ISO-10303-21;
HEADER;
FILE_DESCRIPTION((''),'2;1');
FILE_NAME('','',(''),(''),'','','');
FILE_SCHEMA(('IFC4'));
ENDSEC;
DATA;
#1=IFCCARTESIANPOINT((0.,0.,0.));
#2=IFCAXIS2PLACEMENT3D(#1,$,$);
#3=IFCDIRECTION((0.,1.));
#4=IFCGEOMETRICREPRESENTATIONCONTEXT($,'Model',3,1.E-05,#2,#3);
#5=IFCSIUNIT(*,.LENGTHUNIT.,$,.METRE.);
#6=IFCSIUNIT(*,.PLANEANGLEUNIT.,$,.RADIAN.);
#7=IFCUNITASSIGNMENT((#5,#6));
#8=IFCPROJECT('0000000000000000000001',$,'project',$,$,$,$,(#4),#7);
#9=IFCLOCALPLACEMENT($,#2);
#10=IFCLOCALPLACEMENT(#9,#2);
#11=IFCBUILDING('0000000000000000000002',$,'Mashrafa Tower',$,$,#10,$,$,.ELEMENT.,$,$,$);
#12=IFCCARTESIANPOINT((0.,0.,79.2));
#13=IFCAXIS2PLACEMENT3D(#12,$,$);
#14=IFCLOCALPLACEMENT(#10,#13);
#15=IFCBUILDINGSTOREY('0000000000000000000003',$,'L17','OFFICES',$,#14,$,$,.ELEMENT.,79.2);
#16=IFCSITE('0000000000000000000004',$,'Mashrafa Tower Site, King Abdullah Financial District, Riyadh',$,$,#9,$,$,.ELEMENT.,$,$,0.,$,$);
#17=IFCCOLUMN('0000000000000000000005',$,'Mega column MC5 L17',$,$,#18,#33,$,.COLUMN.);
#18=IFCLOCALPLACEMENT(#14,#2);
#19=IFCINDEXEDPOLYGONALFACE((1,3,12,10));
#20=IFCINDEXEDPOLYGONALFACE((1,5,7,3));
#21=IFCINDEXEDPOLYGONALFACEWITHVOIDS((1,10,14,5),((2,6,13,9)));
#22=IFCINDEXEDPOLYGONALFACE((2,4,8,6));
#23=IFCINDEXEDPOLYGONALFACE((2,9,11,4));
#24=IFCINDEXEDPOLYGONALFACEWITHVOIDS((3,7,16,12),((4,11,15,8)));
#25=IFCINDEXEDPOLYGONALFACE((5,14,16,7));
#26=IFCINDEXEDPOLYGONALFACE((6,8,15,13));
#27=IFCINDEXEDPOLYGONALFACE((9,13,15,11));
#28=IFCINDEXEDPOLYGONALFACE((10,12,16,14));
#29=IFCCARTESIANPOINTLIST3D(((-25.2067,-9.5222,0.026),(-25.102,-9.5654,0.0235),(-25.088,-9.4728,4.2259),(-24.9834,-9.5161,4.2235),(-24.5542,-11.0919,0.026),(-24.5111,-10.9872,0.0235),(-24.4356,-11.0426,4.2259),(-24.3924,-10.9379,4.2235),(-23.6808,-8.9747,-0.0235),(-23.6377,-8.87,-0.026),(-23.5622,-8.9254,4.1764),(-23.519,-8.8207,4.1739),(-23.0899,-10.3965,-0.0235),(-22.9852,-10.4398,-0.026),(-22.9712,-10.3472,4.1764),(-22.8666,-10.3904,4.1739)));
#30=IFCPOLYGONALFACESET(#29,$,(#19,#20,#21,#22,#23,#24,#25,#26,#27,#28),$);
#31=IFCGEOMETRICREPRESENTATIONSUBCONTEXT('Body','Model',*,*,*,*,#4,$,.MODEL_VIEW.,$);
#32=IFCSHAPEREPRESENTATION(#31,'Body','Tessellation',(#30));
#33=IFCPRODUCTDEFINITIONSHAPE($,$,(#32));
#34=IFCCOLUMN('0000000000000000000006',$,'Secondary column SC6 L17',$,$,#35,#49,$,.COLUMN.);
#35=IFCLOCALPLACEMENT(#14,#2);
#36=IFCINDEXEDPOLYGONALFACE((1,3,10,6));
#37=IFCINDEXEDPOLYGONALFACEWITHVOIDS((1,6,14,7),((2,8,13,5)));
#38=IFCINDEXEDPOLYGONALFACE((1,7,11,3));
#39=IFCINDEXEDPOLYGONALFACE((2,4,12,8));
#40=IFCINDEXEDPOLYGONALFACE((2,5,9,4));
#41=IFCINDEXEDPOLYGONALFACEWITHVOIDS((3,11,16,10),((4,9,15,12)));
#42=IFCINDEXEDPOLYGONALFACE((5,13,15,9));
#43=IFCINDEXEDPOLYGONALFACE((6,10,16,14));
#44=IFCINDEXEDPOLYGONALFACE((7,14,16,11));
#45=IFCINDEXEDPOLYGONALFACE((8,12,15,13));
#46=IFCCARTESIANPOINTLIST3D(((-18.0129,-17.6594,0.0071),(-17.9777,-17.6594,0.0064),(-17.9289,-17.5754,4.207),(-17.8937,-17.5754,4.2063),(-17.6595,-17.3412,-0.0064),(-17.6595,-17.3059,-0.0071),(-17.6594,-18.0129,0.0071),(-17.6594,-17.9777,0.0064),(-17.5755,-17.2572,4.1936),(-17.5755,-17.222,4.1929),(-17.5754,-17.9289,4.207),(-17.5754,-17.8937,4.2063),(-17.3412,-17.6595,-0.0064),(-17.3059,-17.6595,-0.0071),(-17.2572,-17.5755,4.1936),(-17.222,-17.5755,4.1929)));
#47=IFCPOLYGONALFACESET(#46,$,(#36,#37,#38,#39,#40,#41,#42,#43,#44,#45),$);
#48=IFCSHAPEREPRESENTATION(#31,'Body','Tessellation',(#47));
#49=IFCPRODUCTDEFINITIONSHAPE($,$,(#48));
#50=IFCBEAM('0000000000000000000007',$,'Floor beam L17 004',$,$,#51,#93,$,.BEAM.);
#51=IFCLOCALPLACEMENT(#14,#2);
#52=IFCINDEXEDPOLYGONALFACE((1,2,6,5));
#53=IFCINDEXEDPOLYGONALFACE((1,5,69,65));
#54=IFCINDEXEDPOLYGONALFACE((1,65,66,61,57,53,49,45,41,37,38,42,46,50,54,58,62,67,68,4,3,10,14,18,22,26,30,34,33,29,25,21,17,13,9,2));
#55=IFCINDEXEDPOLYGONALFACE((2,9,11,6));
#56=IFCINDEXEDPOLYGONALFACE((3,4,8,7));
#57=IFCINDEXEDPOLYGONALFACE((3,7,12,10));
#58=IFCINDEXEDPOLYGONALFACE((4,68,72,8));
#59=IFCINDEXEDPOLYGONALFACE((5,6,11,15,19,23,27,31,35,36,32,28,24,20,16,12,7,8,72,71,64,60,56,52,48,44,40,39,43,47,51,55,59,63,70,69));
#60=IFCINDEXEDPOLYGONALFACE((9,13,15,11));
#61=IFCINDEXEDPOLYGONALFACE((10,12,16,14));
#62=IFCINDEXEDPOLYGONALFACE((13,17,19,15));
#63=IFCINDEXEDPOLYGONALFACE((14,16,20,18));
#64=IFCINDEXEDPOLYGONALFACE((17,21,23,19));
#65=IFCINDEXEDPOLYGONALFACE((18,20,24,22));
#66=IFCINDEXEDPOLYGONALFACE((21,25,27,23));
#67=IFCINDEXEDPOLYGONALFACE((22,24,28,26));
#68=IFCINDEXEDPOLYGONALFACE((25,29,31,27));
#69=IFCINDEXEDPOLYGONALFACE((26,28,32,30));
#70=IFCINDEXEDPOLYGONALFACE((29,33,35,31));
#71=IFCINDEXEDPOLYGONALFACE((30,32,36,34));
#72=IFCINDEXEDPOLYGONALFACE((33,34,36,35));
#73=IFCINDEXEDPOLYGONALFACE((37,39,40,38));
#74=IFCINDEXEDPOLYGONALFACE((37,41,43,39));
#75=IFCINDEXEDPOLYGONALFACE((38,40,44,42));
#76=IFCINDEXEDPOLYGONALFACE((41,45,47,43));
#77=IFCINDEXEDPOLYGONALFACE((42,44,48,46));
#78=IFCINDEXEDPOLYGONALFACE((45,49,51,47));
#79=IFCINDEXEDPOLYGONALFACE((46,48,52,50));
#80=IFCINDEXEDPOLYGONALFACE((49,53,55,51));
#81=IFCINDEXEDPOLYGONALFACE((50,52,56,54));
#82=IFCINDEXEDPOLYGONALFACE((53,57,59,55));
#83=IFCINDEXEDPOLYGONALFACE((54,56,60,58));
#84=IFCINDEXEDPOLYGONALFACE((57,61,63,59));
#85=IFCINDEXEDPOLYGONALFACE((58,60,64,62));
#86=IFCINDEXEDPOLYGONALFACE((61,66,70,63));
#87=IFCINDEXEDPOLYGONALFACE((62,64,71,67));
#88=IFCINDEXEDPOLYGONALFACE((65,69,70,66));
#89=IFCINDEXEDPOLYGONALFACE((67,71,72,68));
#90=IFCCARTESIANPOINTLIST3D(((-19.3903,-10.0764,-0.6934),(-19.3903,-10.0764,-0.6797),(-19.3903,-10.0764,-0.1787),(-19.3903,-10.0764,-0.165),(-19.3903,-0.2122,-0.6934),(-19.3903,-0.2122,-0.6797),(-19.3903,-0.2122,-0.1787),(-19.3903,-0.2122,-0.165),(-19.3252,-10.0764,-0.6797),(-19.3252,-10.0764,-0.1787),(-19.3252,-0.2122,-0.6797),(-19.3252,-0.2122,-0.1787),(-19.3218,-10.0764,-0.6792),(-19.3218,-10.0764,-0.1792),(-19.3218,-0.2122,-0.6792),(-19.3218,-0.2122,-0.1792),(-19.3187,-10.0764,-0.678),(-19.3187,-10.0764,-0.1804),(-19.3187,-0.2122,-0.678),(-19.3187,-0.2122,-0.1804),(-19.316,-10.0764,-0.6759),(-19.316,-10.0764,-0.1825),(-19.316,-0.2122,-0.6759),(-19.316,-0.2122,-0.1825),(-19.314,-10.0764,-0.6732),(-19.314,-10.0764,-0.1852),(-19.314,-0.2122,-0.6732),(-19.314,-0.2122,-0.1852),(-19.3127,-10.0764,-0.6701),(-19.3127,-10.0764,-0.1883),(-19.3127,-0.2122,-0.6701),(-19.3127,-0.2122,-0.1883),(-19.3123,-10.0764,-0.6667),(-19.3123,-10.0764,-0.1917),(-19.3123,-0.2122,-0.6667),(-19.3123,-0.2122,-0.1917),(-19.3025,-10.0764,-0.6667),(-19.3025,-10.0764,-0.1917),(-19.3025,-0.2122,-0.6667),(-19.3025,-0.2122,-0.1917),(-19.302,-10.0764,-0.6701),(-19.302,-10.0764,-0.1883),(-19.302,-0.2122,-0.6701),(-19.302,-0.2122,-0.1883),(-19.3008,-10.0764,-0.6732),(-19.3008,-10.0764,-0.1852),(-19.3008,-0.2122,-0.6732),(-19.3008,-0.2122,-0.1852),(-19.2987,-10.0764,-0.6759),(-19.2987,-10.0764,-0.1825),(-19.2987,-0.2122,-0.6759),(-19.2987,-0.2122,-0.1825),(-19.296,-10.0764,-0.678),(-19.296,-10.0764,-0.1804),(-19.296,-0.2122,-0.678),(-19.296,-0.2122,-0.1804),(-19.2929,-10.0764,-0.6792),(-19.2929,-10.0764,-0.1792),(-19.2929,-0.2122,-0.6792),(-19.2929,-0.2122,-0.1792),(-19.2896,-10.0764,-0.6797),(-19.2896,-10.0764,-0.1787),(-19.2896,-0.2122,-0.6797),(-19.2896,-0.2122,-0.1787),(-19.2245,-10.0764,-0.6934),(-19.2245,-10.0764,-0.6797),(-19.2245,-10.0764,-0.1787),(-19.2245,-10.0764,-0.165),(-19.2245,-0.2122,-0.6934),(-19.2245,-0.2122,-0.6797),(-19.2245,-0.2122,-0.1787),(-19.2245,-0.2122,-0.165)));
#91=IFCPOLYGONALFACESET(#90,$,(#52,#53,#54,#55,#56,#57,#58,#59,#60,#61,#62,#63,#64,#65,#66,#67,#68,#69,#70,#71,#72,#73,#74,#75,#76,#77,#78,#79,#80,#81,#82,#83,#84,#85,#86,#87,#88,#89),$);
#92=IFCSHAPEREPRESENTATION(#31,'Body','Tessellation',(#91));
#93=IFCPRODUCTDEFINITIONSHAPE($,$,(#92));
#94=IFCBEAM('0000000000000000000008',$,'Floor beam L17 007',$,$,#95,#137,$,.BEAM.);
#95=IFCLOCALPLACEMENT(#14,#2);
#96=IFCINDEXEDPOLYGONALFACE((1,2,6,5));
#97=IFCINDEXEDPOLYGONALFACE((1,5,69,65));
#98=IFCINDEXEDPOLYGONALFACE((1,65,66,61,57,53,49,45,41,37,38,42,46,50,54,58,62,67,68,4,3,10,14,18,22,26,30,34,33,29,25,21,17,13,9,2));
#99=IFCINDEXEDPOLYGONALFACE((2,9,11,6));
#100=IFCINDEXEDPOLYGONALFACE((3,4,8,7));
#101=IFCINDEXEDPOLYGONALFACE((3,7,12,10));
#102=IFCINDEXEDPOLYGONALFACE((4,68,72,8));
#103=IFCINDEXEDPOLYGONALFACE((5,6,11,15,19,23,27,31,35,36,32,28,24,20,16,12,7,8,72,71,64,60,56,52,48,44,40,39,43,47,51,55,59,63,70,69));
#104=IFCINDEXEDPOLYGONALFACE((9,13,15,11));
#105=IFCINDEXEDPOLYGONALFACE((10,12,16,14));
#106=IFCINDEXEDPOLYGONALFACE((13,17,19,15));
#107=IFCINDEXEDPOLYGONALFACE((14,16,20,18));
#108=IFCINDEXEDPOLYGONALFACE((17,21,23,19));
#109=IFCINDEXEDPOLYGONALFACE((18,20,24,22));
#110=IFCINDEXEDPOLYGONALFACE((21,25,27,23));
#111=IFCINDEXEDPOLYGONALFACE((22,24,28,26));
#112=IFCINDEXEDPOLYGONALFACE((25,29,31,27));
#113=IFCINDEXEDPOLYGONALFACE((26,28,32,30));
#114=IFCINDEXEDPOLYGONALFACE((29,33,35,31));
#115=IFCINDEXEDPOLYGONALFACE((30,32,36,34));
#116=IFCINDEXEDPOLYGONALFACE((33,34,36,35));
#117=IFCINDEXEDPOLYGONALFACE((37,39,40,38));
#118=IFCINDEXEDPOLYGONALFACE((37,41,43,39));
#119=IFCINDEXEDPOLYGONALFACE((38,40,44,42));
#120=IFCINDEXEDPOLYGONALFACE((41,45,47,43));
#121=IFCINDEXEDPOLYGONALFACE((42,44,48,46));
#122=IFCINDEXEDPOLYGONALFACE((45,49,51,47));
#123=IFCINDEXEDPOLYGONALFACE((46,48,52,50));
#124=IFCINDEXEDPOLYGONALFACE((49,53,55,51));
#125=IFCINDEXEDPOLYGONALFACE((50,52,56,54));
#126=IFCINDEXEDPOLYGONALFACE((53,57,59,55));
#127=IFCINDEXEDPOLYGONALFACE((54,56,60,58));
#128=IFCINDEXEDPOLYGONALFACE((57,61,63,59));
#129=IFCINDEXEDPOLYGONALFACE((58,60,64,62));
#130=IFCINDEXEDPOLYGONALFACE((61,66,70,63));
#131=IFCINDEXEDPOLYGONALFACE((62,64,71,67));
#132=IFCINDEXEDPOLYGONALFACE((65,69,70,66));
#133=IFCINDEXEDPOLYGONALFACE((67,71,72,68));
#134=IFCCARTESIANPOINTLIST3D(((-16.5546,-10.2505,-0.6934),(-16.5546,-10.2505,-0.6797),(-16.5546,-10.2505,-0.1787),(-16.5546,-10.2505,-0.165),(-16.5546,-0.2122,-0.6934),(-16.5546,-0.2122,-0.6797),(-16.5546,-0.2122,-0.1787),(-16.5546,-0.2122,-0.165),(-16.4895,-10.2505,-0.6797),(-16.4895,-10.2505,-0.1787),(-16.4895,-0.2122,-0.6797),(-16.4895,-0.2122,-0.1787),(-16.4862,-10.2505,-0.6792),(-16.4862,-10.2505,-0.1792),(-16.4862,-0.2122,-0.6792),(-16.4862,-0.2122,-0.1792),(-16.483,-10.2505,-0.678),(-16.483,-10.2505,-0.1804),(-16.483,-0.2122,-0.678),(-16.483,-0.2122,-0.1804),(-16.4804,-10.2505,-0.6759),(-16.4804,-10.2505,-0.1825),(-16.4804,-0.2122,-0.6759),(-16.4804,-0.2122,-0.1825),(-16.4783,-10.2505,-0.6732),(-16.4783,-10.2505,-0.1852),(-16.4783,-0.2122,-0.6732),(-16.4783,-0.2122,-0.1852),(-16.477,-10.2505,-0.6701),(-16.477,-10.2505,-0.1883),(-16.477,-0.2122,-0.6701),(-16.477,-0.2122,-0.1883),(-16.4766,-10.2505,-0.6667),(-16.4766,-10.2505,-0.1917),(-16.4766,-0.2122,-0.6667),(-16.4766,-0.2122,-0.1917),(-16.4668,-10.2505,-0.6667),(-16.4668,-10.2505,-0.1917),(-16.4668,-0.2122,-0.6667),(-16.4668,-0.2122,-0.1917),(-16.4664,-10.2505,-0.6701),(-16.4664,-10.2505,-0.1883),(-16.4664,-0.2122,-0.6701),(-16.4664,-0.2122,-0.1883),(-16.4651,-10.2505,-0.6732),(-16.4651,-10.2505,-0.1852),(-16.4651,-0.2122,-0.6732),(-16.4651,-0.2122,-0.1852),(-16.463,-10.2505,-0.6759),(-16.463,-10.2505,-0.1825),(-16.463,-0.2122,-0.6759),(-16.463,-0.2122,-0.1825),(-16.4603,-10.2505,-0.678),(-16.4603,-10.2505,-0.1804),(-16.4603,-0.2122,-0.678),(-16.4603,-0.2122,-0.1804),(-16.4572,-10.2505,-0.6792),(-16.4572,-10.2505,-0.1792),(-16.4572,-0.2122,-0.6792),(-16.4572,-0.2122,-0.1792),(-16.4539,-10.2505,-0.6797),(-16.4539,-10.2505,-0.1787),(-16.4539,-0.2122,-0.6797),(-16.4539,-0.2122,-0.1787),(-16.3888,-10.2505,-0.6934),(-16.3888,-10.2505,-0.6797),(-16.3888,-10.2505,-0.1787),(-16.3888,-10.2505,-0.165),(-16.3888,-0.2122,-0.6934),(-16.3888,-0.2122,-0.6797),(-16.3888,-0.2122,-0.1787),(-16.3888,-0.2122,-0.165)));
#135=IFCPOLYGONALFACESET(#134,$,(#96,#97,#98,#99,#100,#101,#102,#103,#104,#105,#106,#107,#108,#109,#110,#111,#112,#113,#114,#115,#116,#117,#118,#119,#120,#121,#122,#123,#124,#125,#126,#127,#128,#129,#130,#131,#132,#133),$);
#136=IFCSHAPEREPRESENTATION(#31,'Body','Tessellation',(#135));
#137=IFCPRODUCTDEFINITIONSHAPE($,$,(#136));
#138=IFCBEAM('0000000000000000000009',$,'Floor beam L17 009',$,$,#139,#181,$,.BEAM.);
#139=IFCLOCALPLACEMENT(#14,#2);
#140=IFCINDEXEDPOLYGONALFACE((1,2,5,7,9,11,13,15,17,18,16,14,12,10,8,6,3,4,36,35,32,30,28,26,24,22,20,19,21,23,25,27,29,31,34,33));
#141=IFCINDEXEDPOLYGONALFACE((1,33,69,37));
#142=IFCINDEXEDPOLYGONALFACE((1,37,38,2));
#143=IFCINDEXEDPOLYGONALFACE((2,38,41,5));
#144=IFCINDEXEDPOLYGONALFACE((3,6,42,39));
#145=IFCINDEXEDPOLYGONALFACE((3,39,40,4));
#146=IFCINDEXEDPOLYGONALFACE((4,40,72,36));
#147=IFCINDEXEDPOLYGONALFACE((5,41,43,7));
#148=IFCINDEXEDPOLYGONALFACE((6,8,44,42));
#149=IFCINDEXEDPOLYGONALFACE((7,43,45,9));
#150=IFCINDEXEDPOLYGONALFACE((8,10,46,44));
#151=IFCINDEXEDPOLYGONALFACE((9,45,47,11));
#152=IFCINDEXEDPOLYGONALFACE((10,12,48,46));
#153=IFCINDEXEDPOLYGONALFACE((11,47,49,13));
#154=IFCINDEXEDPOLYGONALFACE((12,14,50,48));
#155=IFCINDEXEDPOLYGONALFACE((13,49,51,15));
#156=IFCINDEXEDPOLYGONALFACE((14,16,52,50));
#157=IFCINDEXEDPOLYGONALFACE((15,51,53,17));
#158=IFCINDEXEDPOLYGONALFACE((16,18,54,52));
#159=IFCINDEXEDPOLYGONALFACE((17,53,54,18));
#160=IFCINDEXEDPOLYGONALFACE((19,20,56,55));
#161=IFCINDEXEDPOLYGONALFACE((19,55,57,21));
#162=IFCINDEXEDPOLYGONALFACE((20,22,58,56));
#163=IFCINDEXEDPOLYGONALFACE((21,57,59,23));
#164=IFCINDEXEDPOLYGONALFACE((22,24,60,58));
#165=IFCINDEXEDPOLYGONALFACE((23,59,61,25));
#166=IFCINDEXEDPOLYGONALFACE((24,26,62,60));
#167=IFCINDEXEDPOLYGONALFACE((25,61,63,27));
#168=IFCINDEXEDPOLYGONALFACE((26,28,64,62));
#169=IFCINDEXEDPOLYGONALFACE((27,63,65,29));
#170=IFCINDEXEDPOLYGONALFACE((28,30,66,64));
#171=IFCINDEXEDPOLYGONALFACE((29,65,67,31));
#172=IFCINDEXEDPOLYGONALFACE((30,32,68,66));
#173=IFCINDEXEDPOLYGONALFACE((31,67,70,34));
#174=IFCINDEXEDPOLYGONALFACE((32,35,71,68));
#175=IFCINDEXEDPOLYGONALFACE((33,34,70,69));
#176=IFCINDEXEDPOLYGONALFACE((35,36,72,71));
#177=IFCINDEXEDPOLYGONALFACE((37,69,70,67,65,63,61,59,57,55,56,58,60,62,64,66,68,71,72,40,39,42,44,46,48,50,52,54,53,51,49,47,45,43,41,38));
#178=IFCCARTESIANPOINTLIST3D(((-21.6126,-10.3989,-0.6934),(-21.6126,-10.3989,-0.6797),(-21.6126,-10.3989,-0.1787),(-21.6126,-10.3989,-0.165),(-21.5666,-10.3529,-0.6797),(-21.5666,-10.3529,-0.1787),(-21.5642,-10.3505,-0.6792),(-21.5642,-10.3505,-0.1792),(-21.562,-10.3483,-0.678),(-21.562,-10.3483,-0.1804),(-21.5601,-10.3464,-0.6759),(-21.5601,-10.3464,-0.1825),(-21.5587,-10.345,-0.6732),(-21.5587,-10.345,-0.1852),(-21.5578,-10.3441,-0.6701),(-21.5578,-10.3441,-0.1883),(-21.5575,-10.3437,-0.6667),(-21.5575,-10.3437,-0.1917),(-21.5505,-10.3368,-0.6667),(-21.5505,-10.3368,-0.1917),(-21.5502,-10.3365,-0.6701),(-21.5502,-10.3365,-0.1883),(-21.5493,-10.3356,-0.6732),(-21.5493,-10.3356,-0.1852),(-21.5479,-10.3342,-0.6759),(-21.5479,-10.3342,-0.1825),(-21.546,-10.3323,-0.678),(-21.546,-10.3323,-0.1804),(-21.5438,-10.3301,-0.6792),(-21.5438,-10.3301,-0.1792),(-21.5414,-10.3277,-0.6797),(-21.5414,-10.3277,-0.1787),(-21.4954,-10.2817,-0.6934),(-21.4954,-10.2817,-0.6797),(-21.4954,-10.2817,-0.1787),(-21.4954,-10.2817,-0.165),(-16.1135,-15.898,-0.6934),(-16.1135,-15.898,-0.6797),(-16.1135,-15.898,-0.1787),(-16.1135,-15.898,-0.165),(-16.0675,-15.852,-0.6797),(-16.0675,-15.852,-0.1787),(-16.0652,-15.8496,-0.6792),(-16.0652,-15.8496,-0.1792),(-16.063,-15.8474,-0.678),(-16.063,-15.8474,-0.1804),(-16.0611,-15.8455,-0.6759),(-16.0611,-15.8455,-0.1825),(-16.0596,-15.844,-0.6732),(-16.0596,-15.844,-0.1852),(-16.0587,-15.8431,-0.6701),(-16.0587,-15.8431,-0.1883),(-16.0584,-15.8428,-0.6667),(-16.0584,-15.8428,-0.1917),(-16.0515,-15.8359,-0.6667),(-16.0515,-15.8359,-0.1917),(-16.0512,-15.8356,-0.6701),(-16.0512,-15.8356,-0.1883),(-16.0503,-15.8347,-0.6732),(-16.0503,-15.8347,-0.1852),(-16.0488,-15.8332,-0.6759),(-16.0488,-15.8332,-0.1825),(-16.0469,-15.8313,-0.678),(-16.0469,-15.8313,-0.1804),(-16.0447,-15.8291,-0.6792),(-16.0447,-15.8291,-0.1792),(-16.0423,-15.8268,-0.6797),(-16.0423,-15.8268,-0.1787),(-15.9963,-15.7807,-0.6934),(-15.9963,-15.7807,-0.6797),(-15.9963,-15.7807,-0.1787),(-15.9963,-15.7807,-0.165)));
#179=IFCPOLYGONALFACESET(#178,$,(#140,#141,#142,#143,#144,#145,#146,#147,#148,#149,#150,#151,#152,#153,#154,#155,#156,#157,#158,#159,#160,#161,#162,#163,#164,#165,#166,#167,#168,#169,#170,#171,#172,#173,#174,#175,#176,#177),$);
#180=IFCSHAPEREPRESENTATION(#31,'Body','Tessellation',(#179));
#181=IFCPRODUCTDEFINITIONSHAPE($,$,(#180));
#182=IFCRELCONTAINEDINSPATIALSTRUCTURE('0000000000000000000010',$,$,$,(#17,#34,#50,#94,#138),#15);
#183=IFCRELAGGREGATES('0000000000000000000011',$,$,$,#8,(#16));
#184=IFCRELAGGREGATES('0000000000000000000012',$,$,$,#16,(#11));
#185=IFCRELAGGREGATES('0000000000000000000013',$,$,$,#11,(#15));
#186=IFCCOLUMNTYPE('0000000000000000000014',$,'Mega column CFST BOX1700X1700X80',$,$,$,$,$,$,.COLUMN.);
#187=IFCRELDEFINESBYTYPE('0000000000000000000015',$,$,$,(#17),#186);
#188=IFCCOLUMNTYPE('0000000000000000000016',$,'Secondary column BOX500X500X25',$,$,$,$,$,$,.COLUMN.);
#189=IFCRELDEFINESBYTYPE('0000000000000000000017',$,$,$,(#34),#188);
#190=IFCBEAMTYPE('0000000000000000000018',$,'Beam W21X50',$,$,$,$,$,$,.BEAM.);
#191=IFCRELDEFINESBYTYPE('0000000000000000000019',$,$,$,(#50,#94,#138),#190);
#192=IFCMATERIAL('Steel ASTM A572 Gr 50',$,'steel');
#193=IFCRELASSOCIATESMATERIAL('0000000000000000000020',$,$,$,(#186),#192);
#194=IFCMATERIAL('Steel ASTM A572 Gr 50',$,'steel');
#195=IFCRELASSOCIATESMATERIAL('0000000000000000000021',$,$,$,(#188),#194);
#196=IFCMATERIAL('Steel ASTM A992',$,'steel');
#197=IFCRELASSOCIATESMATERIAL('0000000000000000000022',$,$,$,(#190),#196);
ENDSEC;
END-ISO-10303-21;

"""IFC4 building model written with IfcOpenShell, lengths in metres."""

from ifc_helpers import new_model, si_unit, direction, frame, origin, origin_2d, place, context, subcontext, project, spatial, hollow_rectangle, i_section, extrude, material, material_profile, profile_set, type_object, element, save


model = new_model("IFC4")

# Units and contexts
model_context = context("Model", 3, precision=1e-05, world=origin(), true_north=direction((0.0, 1.0)))
body_context = subcontext(model_context, "Body", "Model", "MODEL_VIEW")
ifc_project = project(units=[si_unit("LENGTHUNIT", "METRE"), si_unit("PLANEANGLEUNIT", "RADIAN")], contexts=[model_context])

# Site, building, storey
site_placement = place(None, origin())
site = spatial("IfcSite", under=ifc_project, at=site_placement, Name="Mashrafa Tower Site, King Abdullah Financial District, Riyadh", CompositionType="ELEMENT", RefElevation=0.0)
building_placement = place(site_placement, origin())
building = spatial("IfcBuilding", under=site, at=building_placement, Name="Mashrafa Tower", CompositionType="ELEMENT")
storey_placement = place(building_placement, frame((0.0, 0.0, 79.2)))
storey = spatial("IfcBuildingStorey", under=building, at=storey_placement, Name="L17", Description="OFFICES", CompositionType="ELEMENT", Elevation=79.2)

# Columns
ifc_material_1 = material(Name="Steel ASTM A572 Gr 50", Category="steel")
ifc_material_profile_1 = material_profile(ifc_material_1, hollow_rectangle(XDim=1.7, YDim=1.7, WallThickness=0.0801, at=origin_2d()), Name="BOX1700X1700X80")
ifc_profile_set_1 = profile_set([ifc_material_profile_1], Name="Steel ASTM A572 Gr 50")
column_type_1 = type_object("IfcColumnType", Name="Mega column CFST BOX1700X1700X80", PredefinedType="COLUMN", material=ifc_profile_set_1)
column_1_placement = place(storey_placement, frame((-24.0959, -9.981, 0.0), z_axis=(0.028238, 0.011737, 0.999532), x_axis=(-0.383806, 0.923414, 0.0)))
element("IfcColumn", 1, at=column_1_placement, inside=storey, type_object=column_type_1, Name="Mega column MC5 L17", PredefinedType="COLUMN", context=body_context, shape_type="SweptSolid", body=[
    extrude(hollow_rectangle(XDim=1.7, YDim=1.7, WallThickness=0.0801, at=origin_2d()), origin(), (0.0, 0.0, 1.0), 4.2019),
])
ifc_material_2 = material(Name="Steel ASTM A572 Gr 50", Category="steel")
ifc_material_profile_2 = material_profile(ifc_material_2, hollow_rectangle(XDim=0.5, YDim=0.5, WallThickness=0.0249, at=origin_2d()), Name="BOX500X500X25")
ifc_profile_set_2 = profile_set([ifc_material_profile_2], Name="Steel ASTM A572 Gr 50")
column_type_2 = type_object("IfcColumnType", Name="Secondary column BOX500X500X25", PredefinedType="COLUMN", material=ifc_profile_set_2)
column_2_placement = place(storey_placement, frame((-17.6594, -17.6594, 0.0), z_axis=(0.019989, 0.019989, 0.9996), x_axis=(-0.707107, 0.707107, 0.0)))
element("IfcColumn", 2, at=column_2_placement, inside=storey, type_object=column_type_2, Name="Secondary column SC6 L17", PredefinedType="COLUMN", context=body_context, shape_type="SweptSolid", body=[
    extrude(hollow_rectangle(XDim=0.5, YDim=0.5, WallThickness=0.0249, at=origin_2d()), origin(), (0.0, 0.0, 1.0), 4.2017),
])

# Beams
ifc_material_3 = material(Name="Steel ASTM A992", Category="steel")
ifc_material_profile_3 = material_profile(ifc_material_3, i_section(OverallWidth=0.1658, OverallDepth=0.5283, WebThickness=0.0098, FlangeThickness=0.0137, FilletRadius=0.0129, at=origin_2d()), Name="W21X50")
ifc_profile_set_3 = profile_set([ifc_material_profile_3], Name="Steel ASTM A992")
beam_type = type_object("IfcBeamType", Name="Beam W21X50", PredefinedType="BEAM", material=ifc_profile_set_3)
beam_1_placement = place(storey_placement, frame((-19.3074, -10.0764, -0.4292), z_axis=(0.0, 1.0, 0.0), x_axis=(-1.0, 0.0, 0.0)))
element("IfcBeam", 3, at=beam_1_placement, inside=storey, type_object=beam_type, Name="Floor beam L17 004", PredefinedType="BEAM", context=body_context, shape_type="SweptSolid", body=[
    extrude(i_section(OverallWidth=0.1658, OverallDepth=0.5283, WebThickness=0.0098, FlangeThickness=0.0137, FilletRadius=0.0129, at=origin_2d()), origin(), (0.0, 0.0, 1.0), 9.8643),
])
beam_2_placement = place(storey_placement, frame((-16.4717, -10.2505, -0.4292), z_axis=(0.0, 1.0, 0.0), x_axis=(-1.0, 0.0, 0.0)))
element("IfcBeam", 4, at=beam_2_placement, inside=storey, type_object=beam_type, Name="Floor beam L17 007", PredefinedType="BEAM", context=body_context, shape_type="SweptSolid", body=[
    extrude(i_section(OverallWidth=0.1658, OverallDepth=0.5283, WebThickness=0.0098, FlangeThickness=0.0137, FilletRadius=0.0129, at=origin_2d()), origin(), (0.0, 0.0, 1.0), 10.0383),
])
beam_3_placement = place(storey_placement, frame((-16.0549, -15.8394, -0.4292), z_axis=(-0.707107, 0.707107, 0.0), x_axis=(-0.707107, -0.707107, 0.0)))
element("IfcBeam", 5, at=beam_3_placement, inside=storey, type_object=beam_type, Name="Floor beam L17 009", PredefinedType="BEAM", context=body_context, shape_type="SweptSolid", body=[
    extrude(i_section(OverallWidth=0.1658, OverallDepth=0.5283, WebThickness=0.0098, FlangeThickness=0.0137, FilletRadius=0.0129, at=origin_2d()), origin(), (0.0, 0.0, 1.0), 7.7769),
])

save(model, "model.ifc")
